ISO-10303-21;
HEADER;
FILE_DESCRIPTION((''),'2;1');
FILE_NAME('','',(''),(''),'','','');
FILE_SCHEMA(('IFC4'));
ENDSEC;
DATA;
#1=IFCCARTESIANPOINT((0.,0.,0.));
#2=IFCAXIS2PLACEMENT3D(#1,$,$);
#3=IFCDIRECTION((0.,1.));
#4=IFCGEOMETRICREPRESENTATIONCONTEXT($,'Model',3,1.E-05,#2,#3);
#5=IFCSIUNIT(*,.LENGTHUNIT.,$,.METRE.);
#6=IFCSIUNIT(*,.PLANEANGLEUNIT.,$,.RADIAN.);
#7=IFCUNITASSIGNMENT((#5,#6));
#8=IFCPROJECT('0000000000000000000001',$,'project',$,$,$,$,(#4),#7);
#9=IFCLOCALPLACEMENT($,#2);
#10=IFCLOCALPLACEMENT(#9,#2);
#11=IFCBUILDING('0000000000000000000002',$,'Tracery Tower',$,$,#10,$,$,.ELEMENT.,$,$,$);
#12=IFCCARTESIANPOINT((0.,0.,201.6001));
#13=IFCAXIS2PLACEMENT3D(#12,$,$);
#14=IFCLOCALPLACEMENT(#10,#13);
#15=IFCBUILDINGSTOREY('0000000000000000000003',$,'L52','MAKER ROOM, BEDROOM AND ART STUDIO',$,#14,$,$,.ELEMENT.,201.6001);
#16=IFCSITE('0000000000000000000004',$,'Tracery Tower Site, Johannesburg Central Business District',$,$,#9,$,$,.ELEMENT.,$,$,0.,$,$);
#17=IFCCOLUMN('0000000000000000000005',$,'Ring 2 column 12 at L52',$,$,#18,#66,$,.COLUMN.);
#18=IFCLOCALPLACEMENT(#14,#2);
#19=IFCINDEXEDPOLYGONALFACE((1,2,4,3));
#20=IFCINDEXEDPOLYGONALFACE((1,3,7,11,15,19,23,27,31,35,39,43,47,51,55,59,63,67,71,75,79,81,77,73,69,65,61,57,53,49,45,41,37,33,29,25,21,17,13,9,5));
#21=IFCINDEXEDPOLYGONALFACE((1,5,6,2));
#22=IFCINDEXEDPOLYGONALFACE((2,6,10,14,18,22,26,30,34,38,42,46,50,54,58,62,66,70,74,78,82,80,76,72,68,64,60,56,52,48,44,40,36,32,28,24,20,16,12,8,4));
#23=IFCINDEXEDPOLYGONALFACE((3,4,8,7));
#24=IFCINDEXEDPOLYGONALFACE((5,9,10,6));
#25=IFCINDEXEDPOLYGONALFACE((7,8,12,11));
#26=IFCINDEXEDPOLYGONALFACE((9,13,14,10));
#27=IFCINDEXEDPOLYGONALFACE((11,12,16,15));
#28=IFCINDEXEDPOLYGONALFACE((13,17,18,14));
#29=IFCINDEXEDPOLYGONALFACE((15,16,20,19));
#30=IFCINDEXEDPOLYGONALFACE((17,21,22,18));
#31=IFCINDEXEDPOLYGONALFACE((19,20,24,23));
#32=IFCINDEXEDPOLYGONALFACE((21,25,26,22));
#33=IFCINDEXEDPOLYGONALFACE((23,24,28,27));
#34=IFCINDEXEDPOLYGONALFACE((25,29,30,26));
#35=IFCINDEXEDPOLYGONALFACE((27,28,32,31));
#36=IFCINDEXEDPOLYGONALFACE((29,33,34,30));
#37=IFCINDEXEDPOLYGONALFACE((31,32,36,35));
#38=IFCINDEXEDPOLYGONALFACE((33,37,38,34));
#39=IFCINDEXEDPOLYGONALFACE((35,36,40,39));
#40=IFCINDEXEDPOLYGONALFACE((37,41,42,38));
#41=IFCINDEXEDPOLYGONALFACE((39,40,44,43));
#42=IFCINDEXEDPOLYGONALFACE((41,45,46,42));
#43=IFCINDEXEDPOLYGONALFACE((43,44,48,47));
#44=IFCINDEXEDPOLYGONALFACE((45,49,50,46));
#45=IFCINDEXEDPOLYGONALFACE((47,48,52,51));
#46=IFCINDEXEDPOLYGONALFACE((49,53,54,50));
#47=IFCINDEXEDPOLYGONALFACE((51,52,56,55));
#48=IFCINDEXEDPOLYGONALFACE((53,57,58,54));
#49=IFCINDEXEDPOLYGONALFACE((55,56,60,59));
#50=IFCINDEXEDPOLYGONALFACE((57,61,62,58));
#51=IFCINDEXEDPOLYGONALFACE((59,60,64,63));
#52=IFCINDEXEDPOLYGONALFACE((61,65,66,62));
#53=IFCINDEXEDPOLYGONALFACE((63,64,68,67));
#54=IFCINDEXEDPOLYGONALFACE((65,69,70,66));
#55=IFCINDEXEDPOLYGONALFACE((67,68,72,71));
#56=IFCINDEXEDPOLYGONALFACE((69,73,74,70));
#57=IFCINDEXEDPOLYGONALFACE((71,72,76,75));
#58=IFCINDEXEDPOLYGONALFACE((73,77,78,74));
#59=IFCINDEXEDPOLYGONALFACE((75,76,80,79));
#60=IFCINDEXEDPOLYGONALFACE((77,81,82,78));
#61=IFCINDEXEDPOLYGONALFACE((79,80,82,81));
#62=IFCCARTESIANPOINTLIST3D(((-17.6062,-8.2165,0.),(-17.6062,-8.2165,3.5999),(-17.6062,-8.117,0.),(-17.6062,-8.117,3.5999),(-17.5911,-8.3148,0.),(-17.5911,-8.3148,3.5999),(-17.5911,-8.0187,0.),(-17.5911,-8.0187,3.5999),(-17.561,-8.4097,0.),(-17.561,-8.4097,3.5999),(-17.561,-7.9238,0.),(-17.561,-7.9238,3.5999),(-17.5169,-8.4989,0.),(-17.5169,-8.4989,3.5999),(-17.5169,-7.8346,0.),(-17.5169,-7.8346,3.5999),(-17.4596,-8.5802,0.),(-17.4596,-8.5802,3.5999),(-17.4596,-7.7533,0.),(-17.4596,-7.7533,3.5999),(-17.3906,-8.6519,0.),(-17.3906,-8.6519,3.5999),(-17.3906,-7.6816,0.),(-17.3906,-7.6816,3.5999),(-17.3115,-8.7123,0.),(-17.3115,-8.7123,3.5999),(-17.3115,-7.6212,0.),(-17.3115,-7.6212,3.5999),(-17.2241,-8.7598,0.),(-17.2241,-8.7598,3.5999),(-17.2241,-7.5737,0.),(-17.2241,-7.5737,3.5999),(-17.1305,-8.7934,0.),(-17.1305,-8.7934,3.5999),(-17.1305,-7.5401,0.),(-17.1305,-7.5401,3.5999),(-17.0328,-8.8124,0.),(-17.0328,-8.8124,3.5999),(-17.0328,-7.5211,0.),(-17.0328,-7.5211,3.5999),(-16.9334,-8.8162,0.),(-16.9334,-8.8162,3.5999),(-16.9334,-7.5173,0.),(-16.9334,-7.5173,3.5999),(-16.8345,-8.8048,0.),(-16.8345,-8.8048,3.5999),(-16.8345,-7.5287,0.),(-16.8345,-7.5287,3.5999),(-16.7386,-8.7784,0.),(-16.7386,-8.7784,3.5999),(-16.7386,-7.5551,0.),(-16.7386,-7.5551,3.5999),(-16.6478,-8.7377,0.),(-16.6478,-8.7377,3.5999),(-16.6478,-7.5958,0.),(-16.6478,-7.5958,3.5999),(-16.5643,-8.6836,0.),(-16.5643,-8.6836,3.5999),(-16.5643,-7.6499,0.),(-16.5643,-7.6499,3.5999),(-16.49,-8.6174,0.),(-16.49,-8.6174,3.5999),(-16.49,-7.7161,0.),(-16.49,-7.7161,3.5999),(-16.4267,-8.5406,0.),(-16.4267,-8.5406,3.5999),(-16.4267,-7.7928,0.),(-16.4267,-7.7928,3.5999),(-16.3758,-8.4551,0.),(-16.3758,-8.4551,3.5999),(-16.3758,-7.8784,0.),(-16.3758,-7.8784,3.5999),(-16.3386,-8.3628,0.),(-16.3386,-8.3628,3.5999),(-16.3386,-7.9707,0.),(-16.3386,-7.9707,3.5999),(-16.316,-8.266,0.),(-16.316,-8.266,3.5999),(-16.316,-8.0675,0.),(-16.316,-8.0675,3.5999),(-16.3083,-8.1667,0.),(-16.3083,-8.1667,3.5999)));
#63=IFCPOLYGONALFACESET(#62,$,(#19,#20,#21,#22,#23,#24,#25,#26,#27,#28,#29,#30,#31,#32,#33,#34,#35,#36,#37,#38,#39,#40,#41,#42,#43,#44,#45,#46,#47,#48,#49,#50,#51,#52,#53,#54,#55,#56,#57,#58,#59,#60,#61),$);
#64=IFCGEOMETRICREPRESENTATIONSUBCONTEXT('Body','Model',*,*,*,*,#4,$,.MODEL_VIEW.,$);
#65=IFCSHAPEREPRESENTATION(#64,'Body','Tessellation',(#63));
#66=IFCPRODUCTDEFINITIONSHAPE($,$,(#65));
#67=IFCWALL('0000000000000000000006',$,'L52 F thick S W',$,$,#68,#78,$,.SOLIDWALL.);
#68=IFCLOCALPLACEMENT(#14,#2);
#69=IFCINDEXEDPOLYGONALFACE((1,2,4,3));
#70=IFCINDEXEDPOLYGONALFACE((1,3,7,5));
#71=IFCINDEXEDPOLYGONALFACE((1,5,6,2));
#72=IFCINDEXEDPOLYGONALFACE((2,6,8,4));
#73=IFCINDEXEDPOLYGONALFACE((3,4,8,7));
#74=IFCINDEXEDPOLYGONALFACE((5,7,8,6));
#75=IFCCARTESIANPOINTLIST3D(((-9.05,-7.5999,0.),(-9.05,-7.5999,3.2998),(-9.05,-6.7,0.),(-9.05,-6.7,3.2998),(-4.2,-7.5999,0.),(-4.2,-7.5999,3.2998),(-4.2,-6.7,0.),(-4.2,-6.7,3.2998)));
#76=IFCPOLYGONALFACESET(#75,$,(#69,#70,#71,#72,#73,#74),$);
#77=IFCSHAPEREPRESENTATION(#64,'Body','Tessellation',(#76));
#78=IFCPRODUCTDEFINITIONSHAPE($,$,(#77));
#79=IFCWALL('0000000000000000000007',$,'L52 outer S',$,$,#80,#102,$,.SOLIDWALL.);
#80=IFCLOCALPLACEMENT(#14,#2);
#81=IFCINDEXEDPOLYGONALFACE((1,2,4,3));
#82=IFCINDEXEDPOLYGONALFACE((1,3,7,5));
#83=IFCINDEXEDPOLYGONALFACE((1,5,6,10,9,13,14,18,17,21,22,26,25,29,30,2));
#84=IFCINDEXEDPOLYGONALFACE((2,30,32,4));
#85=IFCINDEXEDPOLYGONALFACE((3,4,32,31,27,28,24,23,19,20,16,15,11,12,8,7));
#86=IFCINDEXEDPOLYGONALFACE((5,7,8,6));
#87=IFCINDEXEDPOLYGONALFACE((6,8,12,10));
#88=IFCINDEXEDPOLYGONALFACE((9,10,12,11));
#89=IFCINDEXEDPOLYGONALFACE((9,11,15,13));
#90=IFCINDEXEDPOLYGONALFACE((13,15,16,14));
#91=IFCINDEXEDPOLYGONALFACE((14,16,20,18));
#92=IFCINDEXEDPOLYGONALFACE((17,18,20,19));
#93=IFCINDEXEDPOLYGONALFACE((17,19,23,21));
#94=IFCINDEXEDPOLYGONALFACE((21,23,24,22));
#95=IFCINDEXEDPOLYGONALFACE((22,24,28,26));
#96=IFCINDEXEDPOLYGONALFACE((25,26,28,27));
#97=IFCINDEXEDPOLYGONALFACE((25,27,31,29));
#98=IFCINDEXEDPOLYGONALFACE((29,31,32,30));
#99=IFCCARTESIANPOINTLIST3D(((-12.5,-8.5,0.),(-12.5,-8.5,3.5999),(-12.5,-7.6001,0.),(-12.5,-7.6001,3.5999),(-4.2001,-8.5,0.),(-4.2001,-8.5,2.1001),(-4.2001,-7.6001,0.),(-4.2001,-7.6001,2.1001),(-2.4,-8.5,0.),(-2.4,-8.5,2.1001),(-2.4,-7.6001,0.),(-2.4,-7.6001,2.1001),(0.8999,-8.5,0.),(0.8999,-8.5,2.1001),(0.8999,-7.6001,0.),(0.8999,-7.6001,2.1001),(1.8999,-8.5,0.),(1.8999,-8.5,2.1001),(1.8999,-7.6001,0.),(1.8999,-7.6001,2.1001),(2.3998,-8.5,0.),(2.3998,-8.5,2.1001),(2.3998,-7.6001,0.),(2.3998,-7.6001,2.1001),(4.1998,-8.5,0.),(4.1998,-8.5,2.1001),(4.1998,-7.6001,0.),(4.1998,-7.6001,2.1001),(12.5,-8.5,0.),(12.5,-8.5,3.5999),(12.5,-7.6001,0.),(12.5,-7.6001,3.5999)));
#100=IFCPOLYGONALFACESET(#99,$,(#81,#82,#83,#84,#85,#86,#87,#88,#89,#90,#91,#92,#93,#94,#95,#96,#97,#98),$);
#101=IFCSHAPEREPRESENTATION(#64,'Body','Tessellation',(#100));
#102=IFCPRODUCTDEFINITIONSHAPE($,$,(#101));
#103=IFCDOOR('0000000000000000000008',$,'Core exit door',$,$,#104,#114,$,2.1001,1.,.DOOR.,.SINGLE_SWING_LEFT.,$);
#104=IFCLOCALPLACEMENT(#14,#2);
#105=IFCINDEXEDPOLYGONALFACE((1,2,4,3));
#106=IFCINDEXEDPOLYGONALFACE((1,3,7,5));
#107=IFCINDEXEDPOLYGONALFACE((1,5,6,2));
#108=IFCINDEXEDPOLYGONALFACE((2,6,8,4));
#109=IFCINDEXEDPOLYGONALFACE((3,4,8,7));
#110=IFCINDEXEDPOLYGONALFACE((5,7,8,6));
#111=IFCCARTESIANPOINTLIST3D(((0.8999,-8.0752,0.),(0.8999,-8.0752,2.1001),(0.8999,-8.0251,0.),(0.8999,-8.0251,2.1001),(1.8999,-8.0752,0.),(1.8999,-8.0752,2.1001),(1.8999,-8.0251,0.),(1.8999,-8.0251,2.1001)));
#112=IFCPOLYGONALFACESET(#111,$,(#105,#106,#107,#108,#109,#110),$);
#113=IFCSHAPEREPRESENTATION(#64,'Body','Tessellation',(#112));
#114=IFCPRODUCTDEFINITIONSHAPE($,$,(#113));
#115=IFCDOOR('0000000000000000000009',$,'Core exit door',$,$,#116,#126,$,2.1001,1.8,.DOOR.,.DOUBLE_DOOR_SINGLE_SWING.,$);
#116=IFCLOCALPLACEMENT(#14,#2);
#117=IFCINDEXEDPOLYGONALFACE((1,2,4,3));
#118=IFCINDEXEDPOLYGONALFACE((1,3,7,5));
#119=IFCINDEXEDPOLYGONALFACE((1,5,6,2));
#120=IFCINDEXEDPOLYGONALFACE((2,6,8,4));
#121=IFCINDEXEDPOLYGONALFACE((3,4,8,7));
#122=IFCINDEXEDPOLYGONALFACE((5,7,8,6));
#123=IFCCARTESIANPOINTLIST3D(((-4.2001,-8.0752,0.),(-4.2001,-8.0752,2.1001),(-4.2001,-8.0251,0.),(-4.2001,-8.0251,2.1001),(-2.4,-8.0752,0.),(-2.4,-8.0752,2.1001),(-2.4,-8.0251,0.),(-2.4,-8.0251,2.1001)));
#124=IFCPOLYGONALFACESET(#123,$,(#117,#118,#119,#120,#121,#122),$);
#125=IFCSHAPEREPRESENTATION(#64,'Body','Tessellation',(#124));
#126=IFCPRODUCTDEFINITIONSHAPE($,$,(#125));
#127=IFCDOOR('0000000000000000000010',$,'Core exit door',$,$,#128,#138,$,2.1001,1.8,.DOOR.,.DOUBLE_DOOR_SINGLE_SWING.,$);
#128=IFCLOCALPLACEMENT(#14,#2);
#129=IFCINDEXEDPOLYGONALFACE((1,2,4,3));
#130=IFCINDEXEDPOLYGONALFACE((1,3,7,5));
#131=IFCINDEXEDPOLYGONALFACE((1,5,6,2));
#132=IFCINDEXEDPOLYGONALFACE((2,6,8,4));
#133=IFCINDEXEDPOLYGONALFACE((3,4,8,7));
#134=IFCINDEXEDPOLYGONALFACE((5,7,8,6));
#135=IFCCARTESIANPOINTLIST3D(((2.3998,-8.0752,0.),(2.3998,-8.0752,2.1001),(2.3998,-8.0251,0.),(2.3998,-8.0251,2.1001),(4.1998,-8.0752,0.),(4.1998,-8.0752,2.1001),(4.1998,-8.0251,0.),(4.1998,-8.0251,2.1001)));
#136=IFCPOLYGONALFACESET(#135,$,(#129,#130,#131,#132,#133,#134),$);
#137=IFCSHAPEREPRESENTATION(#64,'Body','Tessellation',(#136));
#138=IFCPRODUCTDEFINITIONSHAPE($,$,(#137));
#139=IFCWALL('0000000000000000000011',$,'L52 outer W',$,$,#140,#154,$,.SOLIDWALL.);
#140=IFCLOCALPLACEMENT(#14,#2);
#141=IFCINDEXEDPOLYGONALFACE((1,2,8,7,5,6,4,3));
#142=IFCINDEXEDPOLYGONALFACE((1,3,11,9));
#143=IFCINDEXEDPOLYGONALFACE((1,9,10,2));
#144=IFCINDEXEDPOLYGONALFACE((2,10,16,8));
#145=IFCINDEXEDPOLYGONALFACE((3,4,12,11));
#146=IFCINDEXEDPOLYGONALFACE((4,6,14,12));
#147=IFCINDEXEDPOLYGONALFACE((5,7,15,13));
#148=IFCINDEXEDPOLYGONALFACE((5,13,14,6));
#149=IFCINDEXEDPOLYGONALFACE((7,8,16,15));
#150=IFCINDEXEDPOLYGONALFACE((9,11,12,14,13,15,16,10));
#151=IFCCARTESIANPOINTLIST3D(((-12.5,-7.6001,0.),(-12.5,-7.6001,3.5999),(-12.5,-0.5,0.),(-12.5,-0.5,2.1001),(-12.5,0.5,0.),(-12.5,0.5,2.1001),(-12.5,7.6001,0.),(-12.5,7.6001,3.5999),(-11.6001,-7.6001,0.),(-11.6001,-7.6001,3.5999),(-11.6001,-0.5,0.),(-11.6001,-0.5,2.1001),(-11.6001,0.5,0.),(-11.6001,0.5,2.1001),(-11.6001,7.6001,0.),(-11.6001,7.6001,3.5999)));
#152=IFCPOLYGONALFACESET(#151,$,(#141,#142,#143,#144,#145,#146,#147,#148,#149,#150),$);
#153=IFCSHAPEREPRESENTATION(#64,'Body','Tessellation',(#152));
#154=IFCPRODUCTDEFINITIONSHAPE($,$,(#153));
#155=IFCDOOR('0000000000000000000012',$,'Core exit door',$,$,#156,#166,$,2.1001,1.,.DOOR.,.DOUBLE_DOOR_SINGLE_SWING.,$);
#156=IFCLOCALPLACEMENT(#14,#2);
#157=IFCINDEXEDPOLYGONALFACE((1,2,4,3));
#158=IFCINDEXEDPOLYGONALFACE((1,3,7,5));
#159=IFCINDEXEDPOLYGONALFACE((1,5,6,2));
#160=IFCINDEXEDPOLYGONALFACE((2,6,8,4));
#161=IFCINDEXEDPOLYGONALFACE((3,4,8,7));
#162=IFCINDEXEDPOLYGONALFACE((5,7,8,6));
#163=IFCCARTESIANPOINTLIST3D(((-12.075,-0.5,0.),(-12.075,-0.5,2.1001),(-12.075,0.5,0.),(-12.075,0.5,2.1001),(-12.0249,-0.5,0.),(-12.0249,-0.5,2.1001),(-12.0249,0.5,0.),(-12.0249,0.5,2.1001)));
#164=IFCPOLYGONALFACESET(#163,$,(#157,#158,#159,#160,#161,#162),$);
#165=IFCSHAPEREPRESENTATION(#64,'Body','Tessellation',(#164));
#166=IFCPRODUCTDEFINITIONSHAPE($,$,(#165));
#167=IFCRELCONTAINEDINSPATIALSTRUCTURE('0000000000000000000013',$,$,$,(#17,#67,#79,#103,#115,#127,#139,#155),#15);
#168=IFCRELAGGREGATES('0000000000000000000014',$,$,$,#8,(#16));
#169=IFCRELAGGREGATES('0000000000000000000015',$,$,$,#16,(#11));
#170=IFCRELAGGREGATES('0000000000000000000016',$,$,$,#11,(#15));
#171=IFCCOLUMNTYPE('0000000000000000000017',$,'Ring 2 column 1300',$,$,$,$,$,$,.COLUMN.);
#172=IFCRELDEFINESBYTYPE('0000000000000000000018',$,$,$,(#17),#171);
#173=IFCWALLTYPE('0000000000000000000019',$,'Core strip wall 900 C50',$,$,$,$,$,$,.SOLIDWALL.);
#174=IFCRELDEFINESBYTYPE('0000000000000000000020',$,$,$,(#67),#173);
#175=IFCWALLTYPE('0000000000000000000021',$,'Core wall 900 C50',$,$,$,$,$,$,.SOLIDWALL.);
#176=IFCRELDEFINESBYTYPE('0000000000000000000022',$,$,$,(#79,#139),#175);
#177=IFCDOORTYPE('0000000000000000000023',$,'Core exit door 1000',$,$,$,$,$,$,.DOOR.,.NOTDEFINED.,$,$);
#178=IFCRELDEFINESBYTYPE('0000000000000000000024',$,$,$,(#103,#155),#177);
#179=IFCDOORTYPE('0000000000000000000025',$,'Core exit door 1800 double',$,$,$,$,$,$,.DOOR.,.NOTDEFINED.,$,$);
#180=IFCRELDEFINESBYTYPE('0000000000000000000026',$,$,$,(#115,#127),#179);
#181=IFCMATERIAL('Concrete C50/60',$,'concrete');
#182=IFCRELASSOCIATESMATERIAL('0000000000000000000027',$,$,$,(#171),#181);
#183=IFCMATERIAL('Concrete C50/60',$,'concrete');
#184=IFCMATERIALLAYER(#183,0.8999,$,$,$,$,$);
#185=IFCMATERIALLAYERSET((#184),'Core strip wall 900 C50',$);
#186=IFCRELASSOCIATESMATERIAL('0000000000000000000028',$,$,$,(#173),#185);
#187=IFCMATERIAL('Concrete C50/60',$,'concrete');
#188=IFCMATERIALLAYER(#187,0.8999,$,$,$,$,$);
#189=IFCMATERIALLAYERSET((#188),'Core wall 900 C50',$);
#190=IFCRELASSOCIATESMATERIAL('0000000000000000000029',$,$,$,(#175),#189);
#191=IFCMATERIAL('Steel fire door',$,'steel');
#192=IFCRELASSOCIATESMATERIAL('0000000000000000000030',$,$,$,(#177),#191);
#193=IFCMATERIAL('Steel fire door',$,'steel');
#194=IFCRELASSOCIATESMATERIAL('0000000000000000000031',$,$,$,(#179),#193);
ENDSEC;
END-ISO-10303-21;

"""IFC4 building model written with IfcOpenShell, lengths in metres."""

from ifc_helpers import new_model, si_unit, direction, frame, frame_2d, origin, origin_2d, place, context, subcontext, project, spatial, rectangle, circle, extrude, material, layer, layer_set, material_profile, profile_set, type_object, element, fill, save


model = new_model("IFC4")

# Units and contexts
model_context = context("Model", 3, precision=1e-05, world=origin(), true_north=direction((0.0, 1.0)))
body_context = subcontext(model_context, "Body", "Model", "MODEL_VIEW")
ifc_project = project(units=[si_unit("LENGTHUNIT", "METRE"), si_unit("PLANEANGLEUNIT", "RADIAN")], contexts=[model_context])

# Site, building, storey
site_placement = place(None, origin())
site = spatial("IfcSite", under=ifc_project, at=site_placement, Name="Tracery Tower Site, Johannesburg Central Business District", CompositionType="ELEMENT", RefElevation=0.0)
building_placement = place(site_placement, origin())
building = spatial("IfcBuilding", under=site, at=building_placement, Name="Tracery Tower", CompositionType="ELEMENT")
storey_placement = place(building_placement, frame((0.0, 0.0, 201.6001)))
storey = spatial("IfcBuildingStorey", under=building, at=storey_placement, Name="L52", Description="MAKER ROOM, BEDROOM AND ART STUDIO", CompositionType="ELEMENT", Elevation=201.6001)

# Column
ifc_material_1 = material(Name="Concrete C50/60", Category="concrete")
ifc_material_profile = material_profile(ifc_material_1, circle(Radius=0.6499, at=origin_2d()), Name="RC D1300")
ifc_profile_set = profile_set([ifc_material_profile], Name="Concrete C50/60")
column_type = type_object("IfcColumnType", Name="Ring 2 column 1300", PredefinedType="COLUMN", material=ifc_profile_set)
column_placement = place(storey_placement, frame((-16.9583, -8.1667, 0.0), z_axis=(0.0, 0.0, 1.0), x_axis=(1.0, 0.0, 0.0)))
element("IfcColumn", 1, at=column_placement, inside=storey, type_object=column_type, Name="Ring 2 column 12 at L52", PredefinedType="COLUMN", context=body_context, shape_type="SweptSolid", body=[
    extrude(circle(Radius=0.6499, at=origin_2d()), origin(), (0.0, 0.0, 1.0), 3.5999),
])

# Wall
ifc_material_2 = material(Name="Concrete C50/60", Category="concrete")
ifc_layer_1 = layer(ifc_material_2, 0.8999)
ifc_layer_set_1 = layer_set([ifc_layer_1], Name="Core strip wall 900 C50")
wall_type_1 = type_object("IfcWallType", Name="Core strip wall 900 C50", PredefinedType="SOLIDWALL", material=ifc_layer_set_1)
wall_1_placement = place(storey_placement, frame((-9.05, -7.1499, 0.0), z_axis=(0.0, 0.0, 1.0), x_axis=(1.0, 0.0, 0.0)))
element("IfcWall", 2, at=wall_1_placement, inside=storey, type_object=wall_type_1, Name="L52 F thick S W", PredefinedType="SOLIDWALL", context=body_context, shape_type="SweptSolid", body=[
    extrude(rectangle(XDim=4.8501, YDim=0.8999, at=frame_2d((2.425, 0.0))), origin(), (0.0, 0.0, 1.0), 3.2998),
])

# Wall, openings, doors
ifc_material_3 = material(Name="Concrete C50/60", Category="concrete")
ifc_layer_2 = layer(ifc_material_3, 0.8999)
ifc_layer_set_2 = layer_set([ifc_layer_2], Name="Core wall 900 C50")
wall_type_2 = type_object("IfcWallType", Name="Core wall 900 C50", PredefinedType="SOLIDWALL", material=ifc_layer_set_2)
wall_2_placement = place(storey_placement, frame((-12.5, -8.05, 0.0), z_axis=(0.0, 0.0, 1.0), x_axis=(1.0, 0.0, 0.0)))
wall_2 = element("IfcWall", 3, at=wall_2_placement, inside=storey, type_object=wall_type_2, Name="L52 outer S", PredefinedType="SOLIDWALL", context=body_context, shape_type="SweptSolid", body=[
    extrude(rectangle(XDim=25.0, YDim=0.8999, at=frame_2d((12.5, 0.0))), origin(), (0.0, 0.0, 1.0), 3.5999),
])
opening_1_placement = place(wall_2_placement, frame((13.3999, 0.0, 0.0)))
opening_1 = element("IfcOpeningElement", 4, at=opening_1_placement, cuts=wall_2, PredefinedType="OPENING", context=body_context, shape_type="SweptSolid", body=[
    extrude(rectangle(XDim=1.0, YDim=2.1001, at=frame_2d((0.5, 1.05))), frame((0.0, 0.45, 0.0), z_axis=(0.0, -1.0, 0.0), x_axis=(1.0, 0.0, 0.0)), (0.0, 0.0, 1.0), 0.8999),
])
opening_2_placement = place(wall_2_placement, frame((8.3, 0.0, 0.0)))
opening_2 = element("IfcOpeningElement", 5, at=opening_2_placement, cuts=wall_2, PredefinedType="OPENING", context=body_context, shape_type="SweptSolid", body=[
    extrude(rectangle(XDim=1.8, YDim=2.1001, at=frame_2d((0.8999, 1.05))), frame((0.0, 0.45, 0.0), z_axis=(0.0, -1.0, 0.0), x_axis=(1.0, 0.0, 0.0)), (0.0, 0.0, 1.0), 0.8999),
])
opening_3_placement = place(wall_2_placement, frame((14.8999, 0.0, 0.0)))
opening_3 = element("IfcOpeningElement", 6, at=opening_3_placement, cuts=wall_2, PredefinedType="OPENING", context=body_context, shape_type="SweptSolid", body=[
    extrude(rectangle(XDim=1.8, YDim=2.1001, at=frame_2d((0.8999, 1.05))), frame((0.0, 0.45, 0.0), z_axis=(0.0, -1.0, 0.0), x_axis=(1.0, 0.0, 0.0)), (0.0, 0.0, 1.0), 0.8999),
])
ifc_material_4 = material(Name="Steel fire door", Category="steel")
door_type_1 = type_object("IfcDoorType", Name="Core exit door 1000", OperationType="NOTDEFINED", PredefinedType="DOOR", material=ifc_material_4)
door_1_placement = place(opening_1_placement, origin())
door_1 = element("IfcDoor", 7, at=door_1_placement, inside=storey, type_object=door_type_1, Name="Core exit door", OperationType="SINGLE_SWING_LEFT", OverallHeight=2.1001, OverallWidth=1.0, PredefinedType="DOOR", context=body_context, shape_type="SweptSolid", body=[
    extrude(rectangle(XDim=1.0, YDim=2.1001, at=frame_2d((0.5, 1.05))), frame((0.0, 0.0249, 0.0), z_axis=(0.0, -1.0, 0.0), x_axis=(1.0, 0.0, 0.0)), (0.0, 0.0, 1.0), 0.05),
])
fill(opening_1, door_1)
ifc_material_5 = material(Name="Steel fire door", Category="steel")
door_type_2 = type_object("IfcDoorType", Name="Core exit door 1800 double", OperationType="NOTDEFINED", PredefinedType="DOOR", material=ifc_material_5)
door_2_placement = place(opening_2_placement, origin())
door_2 = element("IfcDoor", 8, at=door_2_placement, inside=storey, type_object=door_type_2, Name="Core exit door", OperationType="DOUBLE_DOOR_SINGLE_SWING", OverallHeight=2.1001, OverallWidth=1.8, PredefinedType="DOOR", context=body_context, shape_type="SweptSolid", body=[
    extrude(rectangle(XDim=1.8, YDim=2.1001, at=frame_2d((0.8999, 1.05))), frame((0.0, 0.0249, 0.0), z_axis=(0.0, -1.0, 0.0), x_axis=(1.0, 0.0, 0.0)), (0.0, 0.0, 1.0), 0.05),
])
fill(opening_2, door_2)
door_3_placement = place(opening_3_placement, origin())
door_3 = element("IfcDoor", 9, at=door_3_placement, inside=storey, type_object=door_type_2, Name="Core exit door", OperationType="DOUBLE_DOOR_SINGLE_SWING", OverallHeight=2.1001, OverallWidth=1.8, PredefinedType="DOOR", context=body_context, shape_type="SweptSolid", body=[
    extrude(rectangle(XDim=1.8, YDim=2.1001, at=frame_2d((0.8999, 1.05))), frame((0.0, 0.0249, 0.0), z_axis=(0.0, -1.0, 0.0), x_axis=(1.0, 0.0, 0.0)), (0.0, 0.0, 1.0), 0.05),
])
fill(opening_3, door_3)

# Wall, opening, door
wall_3_placement = place(storey_placement, frame((-12.05, -7.6001, 0.0), z_axis=(0.0, 0.0, 1.0), x_axis=(0.0, 1.0, 0.0)))
wall_3 = element("IfcWall", 10, at=wall_3_placement, inside=storey, type_object=wall_type_2, Name="L52 outer W", PredefinedType="SOLIDWALL", context=body_context, shape_type="SweptSolid", body=[
    extrude(rectangle(XDim=15.2002, YDim=0.8999, at=frame_2d((7.6001, 0.0))), origin(), (0.0, 0.0, 1.0), 3.5999),
])
opening_4_placement = place(wall_3_placement, frame((7.1001, 0.0, 0.0)))
opening_4 = element("IfcOpeningElement", 11, at=opening_4_placement, cuts=wall_3, PredefinedType="OPENING", context=body_context, shape_type="SweptSolid", body=[
    extrude(rectangle(XDim=1.0, YDim=2.1001, at=frame_2d((0.5, 1.05))), frame((0.0, 0.45, 0.0), z_axis=(0.0, -1.0, 0.0), x_axis=(1.0, 0.0, 0.0)), (0.0, 0.0, 1.0), 0.8999),
])
door_4_placement = place(opening_4_placement, origin())
door_4 = element("IfcDoor", 12, at=door_4_placement, inside=storey, type_object=door_type_1, Name="Core exit door", OperationType="DOUBLE_DOOR_SINGLE_SWING", OverallHeight=2.1001, OverallWidth=1.0, PredefinedType="DOOR", context=body_context, shape_type="SweptSolid", body=[
    extrude(rectangle(XDim=1.0, YDim=2.1001, at=frame_2d((0.5, 1.05))), frame((0.0, 0.0249, 0.0), z_axis=(0.0, -1.0, 0.0), x_axis=(1.0, 0.0, 0.0)), (0.0, 0.0, 1.0), 0.05),
])
fill(opening_4, door_4)

save(model, "model.ifc")
